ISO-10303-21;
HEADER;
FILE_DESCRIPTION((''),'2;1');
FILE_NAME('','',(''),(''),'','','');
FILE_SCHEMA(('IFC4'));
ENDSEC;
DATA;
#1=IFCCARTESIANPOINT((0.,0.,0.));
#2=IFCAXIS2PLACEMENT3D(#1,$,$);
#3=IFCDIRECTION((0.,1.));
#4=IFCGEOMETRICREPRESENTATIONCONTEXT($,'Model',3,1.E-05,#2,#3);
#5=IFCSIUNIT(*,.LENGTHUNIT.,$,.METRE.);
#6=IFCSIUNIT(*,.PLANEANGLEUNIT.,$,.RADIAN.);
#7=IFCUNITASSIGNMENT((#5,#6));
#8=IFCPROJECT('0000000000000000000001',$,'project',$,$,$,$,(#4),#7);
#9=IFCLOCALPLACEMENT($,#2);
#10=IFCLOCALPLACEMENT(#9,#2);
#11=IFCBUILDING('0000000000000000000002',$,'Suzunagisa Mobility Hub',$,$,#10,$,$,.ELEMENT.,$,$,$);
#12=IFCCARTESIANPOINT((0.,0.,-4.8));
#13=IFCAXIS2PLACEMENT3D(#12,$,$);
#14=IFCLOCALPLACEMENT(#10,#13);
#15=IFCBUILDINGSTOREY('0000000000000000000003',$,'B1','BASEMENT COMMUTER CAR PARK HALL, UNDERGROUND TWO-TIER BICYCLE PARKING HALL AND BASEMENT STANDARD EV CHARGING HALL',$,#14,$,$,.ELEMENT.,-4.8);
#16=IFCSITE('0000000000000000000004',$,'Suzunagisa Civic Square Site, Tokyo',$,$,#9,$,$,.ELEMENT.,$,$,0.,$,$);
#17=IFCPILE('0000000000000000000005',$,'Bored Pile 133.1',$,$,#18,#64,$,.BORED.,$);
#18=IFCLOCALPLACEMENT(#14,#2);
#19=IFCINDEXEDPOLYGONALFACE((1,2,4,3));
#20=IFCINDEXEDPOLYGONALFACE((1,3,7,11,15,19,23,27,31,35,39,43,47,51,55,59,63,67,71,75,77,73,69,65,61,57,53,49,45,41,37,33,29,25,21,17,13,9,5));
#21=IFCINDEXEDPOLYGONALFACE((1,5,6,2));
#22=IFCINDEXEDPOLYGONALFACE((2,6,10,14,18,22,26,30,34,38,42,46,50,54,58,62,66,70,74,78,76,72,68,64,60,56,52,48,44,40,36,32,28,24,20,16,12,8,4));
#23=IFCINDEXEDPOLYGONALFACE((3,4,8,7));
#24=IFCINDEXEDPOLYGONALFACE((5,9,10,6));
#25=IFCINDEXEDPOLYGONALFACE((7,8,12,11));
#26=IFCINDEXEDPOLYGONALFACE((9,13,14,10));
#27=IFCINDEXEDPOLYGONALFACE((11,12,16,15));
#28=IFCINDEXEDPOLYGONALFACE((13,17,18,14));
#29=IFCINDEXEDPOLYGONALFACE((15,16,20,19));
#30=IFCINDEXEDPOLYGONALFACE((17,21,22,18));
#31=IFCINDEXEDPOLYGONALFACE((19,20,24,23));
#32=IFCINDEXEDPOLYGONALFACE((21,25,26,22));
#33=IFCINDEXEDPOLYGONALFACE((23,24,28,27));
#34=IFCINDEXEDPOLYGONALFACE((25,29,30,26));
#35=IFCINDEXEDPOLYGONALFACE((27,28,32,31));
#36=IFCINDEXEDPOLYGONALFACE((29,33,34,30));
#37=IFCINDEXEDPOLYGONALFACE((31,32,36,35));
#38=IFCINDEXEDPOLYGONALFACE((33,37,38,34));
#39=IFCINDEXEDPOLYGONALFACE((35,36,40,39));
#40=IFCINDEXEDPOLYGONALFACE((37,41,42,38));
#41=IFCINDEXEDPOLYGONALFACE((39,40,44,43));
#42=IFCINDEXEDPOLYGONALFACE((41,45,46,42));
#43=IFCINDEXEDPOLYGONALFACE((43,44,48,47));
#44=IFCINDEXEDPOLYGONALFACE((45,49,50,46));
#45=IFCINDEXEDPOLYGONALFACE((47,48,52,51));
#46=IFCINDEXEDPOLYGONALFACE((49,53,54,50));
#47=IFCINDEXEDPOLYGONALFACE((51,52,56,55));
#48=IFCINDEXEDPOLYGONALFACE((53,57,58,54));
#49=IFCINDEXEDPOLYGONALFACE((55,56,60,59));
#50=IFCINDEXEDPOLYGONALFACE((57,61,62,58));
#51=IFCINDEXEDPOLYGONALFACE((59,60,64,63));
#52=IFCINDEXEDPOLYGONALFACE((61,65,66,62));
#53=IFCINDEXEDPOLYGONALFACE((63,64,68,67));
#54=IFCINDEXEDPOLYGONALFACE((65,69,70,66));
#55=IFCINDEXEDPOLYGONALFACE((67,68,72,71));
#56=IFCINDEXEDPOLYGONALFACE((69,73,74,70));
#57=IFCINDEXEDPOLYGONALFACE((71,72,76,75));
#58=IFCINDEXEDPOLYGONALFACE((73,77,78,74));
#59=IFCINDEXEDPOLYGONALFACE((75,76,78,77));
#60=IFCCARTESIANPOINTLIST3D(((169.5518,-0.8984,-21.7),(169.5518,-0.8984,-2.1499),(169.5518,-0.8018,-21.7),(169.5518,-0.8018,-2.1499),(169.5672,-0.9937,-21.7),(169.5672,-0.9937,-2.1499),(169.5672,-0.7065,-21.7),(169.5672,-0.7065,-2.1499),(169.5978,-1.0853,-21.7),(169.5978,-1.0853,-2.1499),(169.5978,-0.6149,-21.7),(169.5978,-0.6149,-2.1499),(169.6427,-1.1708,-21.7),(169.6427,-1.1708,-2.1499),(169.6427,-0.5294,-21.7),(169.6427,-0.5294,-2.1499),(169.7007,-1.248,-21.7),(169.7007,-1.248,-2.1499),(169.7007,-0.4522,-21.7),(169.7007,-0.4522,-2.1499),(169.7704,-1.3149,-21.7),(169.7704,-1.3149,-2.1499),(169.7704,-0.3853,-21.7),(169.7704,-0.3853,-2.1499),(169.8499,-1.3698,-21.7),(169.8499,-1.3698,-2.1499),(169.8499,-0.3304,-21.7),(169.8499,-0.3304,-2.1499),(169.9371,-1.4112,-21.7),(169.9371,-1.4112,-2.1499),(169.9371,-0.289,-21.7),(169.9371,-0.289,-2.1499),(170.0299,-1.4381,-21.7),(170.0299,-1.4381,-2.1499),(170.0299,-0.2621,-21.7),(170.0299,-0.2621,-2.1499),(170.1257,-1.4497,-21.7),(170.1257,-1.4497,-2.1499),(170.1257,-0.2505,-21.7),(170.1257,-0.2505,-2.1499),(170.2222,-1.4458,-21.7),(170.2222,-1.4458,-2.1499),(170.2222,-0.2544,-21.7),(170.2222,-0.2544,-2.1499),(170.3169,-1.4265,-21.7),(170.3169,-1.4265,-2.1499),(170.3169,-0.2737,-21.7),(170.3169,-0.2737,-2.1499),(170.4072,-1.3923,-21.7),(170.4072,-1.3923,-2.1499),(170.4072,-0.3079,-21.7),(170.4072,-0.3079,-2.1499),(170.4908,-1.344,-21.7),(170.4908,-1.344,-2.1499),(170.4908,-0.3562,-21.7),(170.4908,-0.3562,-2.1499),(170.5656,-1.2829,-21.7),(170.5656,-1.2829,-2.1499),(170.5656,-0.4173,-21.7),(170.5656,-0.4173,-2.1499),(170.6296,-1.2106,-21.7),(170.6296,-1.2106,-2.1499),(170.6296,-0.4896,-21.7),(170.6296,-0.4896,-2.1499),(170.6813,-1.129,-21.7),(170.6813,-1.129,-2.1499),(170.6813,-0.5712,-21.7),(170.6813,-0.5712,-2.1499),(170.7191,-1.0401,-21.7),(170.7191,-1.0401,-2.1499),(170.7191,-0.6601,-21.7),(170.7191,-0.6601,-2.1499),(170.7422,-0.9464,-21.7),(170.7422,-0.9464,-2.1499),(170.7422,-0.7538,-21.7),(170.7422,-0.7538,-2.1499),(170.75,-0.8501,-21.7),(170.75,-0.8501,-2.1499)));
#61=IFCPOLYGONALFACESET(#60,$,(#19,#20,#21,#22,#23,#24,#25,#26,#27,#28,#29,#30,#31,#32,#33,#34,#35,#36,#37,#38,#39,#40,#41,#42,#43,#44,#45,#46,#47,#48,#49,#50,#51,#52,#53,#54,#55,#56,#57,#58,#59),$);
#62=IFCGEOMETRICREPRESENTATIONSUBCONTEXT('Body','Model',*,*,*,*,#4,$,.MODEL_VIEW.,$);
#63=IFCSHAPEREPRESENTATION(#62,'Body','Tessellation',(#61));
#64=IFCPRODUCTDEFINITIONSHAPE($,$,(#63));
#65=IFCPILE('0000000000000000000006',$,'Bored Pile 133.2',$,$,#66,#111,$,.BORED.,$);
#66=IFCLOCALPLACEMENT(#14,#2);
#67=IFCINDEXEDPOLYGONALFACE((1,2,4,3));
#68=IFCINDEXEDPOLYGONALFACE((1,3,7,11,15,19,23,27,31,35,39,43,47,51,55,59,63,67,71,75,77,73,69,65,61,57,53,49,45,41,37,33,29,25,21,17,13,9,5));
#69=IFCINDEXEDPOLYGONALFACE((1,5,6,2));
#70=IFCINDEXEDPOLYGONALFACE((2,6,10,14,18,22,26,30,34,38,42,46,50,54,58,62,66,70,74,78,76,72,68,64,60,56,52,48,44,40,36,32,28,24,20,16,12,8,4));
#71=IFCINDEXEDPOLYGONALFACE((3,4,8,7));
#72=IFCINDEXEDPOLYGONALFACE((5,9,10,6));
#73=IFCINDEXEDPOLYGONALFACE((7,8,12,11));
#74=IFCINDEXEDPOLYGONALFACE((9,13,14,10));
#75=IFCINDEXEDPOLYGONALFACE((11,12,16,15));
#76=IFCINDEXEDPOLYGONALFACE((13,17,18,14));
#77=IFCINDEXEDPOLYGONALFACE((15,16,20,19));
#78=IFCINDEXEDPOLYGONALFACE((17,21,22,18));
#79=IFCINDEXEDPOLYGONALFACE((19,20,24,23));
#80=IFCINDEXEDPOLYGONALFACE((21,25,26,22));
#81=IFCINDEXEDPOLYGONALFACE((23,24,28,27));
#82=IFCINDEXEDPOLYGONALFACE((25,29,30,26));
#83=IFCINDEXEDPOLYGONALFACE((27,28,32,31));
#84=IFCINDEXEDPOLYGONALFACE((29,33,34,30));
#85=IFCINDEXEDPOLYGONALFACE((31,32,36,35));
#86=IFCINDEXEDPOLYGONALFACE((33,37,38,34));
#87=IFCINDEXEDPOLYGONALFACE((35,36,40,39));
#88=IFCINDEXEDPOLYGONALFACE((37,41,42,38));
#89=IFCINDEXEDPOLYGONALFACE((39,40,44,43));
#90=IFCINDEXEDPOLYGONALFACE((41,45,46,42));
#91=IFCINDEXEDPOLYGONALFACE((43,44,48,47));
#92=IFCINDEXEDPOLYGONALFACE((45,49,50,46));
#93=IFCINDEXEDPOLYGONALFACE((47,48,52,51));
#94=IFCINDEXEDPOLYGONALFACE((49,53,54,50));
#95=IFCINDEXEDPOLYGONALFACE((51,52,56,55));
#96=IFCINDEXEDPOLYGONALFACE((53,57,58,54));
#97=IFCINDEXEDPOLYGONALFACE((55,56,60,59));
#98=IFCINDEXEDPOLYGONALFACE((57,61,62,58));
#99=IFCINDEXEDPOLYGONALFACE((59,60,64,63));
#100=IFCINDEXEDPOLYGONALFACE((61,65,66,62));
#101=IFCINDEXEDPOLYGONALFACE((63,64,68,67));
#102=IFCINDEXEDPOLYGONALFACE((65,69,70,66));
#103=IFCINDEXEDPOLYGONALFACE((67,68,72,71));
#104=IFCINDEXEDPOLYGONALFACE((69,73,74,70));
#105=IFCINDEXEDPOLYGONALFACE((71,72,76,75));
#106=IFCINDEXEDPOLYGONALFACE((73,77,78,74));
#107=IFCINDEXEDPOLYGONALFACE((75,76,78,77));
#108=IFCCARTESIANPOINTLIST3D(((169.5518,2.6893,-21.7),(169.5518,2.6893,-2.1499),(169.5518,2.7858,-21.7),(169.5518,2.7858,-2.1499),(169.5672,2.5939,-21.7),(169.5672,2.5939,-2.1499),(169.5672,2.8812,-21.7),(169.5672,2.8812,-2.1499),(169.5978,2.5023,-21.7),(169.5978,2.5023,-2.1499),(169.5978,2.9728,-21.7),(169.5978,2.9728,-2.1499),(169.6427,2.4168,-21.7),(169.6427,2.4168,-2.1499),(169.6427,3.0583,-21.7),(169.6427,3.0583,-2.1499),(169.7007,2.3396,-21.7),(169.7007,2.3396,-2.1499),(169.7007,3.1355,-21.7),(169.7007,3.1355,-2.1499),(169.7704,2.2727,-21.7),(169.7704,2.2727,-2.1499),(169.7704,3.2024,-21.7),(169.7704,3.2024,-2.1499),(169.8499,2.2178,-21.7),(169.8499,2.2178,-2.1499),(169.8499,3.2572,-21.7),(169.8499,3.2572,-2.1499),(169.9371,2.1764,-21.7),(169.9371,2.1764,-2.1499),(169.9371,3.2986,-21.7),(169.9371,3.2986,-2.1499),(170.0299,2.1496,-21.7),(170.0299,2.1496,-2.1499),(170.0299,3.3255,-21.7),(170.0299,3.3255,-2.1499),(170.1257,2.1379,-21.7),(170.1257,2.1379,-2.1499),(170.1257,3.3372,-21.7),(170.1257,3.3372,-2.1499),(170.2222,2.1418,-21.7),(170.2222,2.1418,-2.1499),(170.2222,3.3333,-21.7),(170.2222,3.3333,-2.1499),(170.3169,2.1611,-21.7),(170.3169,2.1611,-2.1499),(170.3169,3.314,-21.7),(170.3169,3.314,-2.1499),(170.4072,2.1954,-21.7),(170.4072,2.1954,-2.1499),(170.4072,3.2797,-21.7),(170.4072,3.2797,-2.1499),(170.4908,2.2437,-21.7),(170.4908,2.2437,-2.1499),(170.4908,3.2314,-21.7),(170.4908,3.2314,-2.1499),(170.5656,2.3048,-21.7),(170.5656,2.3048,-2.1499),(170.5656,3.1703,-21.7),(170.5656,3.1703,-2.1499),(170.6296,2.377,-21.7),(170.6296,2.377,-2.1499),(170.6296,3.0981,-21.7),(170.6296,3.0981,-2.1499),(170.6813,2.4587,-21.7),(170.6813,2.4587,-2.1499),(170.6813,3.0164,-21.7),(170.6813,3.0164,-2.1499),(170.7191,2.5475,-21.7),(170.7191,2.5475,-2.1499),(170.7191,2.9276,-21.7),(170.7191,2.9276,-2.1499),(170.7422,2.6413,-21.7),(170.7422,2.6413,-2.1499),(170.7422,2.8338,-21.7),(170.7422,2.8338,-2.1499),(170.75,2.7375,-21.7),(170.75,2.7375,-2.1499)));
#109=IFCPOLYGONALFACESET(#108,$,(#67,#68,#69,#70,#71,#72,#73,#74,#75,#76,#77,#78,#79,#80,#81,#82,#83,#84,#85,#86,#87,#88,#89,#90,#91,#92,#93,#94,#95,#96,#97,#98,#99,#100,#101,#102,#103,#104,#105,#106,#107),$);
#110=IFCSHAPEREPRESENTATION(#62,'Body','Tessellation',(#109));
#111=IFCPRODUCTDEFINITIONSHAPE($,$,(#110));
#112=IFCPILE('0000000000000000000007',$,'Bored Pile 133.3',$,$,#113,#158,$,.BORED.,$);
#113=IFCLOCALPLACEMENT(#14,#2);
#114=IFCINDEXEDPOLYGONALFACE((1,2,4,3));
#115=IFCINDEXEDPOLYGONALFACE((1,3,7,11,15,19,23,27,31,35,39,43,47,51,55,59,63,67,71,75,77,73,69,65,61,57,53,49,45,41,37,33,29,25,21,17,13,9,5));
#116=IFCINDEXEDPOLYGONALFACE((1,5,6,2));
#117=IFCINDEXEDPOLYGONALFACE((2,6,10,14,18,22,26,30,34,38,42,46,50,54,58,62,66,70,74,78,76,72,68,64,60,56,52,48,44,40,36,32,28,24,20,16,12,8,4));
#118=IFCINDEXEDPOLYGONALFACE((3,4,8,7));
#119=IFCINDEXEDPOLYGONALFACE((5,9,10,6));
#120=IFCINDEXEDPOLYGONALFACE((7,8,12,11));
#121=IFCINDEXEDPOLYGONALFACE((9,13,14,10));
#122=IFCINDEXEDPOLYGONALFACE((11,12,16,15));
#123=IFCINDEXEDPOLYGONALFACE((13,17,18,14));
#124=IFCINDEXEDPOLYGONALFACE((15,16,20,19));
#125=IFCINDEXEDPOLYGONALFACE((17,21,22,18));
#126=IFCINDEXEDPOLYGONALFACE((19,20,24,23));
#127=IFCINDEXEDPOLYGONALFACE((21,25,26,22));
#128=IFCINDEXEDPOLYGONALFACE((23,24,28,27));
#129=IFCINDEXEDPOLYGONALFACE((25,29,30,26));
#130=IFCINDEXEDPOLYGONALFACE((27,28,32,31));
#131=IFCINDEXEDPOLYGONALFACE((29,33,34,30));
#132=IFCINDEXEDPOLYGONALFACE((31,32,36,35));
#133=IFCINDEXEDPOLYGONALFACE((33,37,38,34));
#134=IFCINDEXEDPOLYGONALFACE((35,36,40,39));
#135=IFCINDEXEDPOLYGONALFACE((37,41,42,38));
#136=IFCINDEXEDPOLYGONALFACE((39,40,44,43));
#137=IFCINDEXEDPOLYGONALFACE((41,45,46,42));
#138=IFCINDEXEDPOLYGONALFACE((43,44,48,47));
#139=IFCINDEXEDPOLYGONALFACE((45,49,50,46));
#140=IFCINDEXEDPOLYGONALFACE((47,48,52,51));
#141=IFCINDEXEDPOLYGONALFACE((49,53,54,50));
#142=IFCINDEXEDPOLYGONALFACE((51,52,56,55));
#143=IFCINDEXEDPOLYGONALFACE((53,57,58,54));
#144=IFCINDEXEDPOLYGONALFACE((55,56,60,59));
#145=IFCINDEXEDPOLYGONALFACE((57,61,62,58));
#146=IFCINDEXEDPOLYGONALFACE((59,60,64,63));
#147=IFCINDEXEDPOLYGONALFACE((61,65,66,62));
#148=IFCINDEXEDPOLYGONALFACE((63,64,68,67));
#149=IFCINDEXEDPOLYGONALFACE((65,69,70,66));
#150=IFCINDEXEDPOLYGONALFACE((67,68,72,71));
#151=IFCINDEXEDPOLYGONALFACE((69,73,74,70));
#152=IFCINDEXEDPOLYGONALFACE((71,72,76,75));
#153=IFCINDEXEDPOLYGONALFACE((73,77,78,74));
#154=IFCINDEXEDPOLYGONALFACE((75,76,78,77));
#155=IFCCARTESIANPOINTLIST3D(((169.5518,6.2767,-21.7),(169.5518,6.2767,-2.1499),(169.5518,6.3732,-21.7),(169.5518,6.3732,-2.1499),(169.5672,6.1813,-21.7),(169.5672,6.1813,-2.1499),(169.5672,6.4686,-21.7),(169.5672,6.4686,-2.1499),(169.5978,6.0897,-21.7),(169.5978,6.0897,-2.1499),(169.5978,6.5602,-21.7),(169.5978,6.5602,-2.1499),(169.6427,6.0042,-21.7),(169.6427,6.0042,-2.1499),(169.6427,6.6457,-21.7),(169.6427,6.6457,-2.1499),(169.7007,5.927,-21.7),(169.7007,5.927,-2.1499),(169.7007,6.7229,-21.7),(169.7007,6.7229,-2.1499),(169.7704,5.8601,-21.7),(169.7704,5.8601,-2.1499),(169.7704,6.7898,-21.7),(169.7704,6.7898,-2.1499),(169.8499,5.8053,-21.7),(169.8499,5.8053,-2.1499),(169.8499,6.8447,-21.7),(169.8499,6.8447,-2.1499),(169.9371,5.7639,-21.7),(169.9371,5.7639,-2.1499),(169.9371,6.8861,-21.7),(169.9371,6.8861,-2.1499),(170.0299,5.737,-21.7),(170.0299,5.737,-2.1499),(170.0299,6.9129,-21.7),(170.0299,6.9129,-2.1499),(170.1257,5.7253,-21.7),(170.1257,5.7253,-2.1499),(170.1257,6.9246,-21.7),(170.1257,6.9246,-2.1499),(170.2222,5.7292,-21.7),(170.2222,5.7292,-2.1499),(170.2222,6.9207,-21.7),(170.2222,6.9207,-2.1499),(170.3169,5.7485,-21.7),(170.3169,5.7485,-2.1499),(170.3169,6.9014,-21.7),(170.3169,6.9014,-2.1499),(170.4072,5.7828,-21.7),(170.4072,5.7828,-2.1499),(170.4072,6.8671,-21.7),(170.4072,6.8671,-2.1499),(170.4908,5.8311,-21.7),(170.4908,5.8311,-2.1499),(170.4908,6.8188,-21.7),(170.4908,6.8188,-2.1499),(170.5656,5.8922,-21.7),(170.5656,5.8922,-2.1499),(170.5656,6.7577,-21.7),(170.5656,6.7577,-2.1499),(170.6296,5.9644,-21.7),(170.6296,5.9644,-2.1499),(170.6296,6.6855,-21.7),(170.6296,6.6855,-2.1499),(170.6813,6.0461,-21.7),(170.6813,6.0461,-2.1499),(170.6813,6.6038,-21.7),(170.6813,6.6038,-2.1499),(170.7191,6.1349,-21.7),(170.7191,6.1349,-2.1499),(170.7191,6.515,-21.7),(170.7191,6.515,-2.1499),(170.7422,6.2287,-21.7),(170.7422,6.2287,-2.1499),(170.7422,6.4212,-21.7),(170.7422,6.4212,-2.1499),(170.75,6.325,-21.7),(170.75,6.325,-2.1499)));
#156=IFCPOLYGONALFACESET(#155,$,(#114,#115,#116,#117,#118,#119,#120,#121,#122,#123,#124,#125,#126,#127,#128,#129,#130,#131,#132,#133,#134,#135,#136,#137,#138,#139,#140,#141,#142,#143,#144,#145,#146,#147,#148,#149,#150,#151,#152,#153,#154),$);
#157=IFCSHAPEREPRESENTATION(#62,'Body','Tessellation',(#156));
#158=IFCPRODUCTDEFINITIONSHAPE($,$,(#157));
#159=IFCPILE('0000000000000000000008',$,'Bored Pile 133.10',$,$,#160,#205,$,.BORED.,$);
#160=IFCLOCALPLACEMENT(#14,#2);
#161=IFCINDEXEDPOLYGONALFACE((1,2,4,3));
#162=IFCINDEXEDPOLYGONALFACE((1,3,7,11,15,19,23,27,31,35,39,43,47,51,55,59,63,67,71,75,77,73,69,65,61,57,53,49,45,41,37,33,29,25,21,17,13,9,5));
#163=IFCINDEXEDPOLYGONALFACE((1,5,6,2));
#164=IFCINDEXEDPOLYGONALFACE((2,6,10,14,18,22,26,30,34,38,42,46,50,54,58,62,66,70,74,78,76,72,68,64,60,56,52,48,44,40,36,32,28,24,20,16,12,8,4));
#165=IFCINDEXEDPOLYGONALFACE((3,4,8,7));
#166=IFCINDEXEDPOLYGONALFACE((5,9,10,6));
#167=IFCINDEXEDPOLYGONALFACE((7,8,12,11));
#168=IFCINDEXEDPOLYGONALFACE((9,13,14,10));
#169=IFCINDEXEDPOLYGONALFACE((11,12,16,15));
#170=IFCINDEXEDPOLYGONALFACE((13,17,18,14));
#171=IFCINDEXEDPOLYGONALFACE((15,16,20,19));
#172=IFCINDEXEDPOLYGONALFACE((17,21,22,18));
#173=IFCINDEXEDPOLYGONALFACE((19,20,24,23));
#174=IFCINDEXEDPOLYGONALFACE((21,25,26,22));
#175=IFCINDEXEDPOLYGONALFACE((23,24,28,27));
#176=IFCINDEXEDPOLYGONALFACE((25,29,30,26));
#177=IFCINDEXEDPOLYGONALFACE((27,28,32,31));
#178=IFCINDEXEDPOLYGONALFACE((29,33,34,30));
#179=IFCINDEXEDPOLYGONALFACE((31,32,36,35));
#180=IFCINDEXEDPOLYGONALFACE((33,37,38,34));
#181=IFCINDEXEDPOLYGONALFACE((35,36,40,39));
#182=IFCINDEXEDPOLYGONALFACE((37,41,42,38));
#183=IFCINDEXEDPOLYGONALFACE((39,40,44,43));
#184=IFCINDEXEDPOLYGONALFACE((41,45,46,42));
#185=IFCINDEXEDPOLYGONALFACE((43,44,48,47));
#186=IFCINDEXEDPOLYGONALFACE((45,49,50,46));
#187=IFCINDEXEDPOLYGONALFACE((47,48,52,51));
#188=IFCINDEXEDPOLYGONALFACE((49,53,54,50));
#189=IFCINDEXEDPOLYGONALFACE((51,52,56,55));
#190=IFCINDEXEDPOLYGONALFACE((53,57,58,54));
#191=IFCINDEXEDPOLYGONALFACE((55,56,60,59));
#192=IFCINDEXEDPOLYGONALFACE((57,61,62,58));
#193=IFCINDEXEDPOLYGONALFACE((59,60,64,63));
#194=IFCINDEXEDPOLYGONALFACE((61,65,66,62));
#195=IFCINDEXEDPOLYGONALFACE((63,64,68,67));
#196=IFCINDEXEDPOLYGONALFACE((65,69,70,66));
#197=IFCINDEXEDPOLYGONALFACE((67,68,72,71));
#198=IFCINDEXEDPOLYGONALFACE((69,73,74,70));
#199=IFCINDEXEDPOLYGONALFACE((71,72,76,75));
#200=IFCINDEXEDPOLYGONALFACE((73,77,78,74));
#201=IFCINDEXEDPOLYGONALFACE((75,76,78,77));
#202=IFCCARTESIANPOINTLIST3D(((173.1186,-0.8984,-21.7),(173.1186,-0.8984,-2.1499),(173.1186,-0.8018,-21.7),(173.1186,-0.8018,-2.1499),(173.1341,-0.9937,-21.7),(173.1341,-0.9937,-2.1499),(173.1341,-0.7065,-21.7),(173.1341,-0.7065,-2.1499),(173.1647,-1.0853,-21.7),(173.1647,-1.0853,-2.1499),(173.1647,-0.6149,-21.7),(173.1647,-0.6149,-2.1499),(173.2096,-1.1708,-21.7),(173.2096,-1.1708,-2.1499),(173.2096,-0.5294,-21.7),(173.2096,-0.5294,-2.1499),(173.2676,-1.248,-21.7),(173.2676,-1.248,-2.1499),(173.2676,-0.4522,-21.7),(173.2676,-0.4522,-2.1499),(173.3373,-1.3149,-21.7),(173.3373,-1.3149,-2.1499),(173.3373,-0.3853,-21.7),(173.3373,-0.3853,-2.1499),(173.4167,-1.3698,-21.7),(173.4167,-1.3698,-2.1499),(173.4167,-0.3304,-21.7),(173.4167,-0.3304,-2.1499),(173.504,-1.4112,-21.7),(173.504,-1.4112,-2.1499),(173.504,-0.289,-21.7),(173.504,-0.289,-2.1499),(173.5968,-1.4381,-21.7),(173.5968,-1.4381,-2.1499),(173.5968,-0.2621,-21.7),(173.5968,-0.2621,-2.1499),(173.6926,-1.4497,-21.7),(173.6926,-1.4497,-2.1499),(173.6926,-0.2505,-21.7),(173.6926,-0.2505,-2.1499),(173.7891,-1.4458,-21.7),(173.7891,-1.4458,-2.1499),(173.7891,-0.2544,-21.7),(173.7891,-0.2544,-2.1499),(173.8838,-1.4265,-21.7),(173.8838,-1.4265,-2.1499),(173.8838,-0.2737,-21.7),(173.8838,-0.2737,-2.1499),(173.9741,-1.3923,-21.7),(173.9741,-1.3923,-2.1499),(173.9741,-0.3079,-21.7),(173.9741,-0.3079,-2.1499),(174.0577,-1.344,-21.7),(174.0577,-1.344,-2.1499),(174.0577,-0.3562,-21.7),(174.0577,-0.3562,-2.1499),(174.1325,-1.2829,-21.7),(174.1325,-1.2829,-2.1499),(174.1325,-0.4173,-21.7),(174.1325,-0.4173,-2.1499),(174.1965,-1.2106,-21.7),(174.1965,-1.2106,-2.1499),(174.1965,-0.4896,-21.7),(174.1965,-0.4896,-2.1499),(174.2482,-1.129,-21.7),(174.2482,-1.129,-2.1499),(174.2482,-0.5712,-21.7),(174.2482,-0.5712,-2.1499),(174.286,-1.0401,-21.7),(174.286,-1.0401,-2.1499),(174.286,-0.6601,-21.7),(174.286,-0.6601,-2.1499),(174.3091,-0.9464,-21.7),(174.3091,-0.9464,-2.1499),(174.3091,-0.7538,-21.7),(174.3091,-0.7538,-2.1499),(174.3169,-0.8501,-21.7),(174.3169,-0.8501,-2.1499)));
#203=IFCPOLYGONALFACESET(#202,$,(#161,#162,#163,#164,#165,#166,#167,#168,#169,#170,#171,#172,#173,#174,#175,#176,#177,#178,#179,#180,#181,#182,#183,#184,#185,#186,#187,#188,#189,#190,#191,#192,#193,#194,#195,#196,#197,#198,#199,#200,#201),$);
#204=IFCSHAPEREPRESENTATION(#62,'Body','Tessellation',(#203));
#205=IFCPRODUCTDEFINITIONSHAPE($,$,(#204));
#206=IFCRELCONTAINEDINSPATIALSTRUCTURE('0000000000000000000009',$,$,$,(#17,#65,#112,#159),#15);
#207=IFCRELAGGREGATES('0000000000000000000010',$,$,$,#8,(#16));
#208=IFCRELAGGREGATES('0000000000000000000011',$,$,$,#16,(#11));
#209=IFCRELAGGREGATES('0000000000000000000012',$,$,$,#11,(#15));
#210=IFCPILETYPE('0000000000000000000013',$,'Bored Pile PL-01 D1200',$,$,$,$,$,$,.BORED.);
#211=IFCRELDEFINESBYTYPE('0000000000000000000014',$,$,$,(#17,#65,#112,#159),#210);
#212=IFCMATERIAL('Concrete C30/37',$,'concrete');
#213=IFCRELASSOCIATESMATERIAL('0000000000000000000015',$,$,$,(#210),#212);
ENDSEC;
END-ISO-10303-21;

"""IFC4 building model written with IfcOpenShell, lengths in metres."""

from ifc_helpers import new_model, si_unit, direction, frame, origin, origin_2d, place, context, subcontext, project, spatial, circle, extrude, material, material_profile, profile_set, type_object, element, save


model = new_model("IFC4")

# Units and contexts
model_context = context("Model", 3, precision=1e-05, world=origin(), true_north=direction((0.0, 1.0)))
body_context = subcontext(model_context, "Body", "Model", "MODEL_VIEW")
ifc_project = project(units=[si_unit("LENGTHUNIT", "METRE"), si_unit("PLANEANGLEUNIT", "RADIAN")], contexts=[model_context])

# Site, building, storey
site_placement = place(None, origin())
site = spatial("IfcSite", under=ifc_project, at=site_placement, Name="Suzunagisa Civic Square Site, Tokyo", CompositionType="ELEMENT", RefElevation=0.0)
building_placement = place(site_placement, origin())
building = spatial("IfcBuilding", under=site, at=building_placement, Name="Suzunagisa Mobility Hub", CompositionType="ELEMENT")
storey_placement = place(building_placement, frame((0.0, 0.0, -4.8)))
storey = spatial("IfcBuildingStorey", under=building, at=storey_placement, Name="B1", Description="BASEMENT COMMUTER CAR PARK HALL, UNDERGROUND TWO-TIER BICYCLE PARKING HALL AND BASEMENT STANDARD EV CHARGING HALL", CompositionType="ELEMENT", Elevation=-4.8)

# Piles
ifc_material_1 = material(Name="Concrete C30/37", Category="concrete")
ifc_material_profile_1 = material_profile(ifc_material_1, circle(Radius=0.6001, at=origin_2d()), Name="BORED PILE D1200")
ifc_profile_set_1 = profile_set([ifc_material_profile_1], Name="Concrete C30/37")
pile_type = type_object("IfcPileType", Name="Bored Pile PL-01 D1200", PredefinedType="BORED", material=ifc_profile_set_1)
for number, where, z_axis, x_axis, name in (
    (1, (170.1499, -0.8501, -2.1499), (0.0, 0.0, -1.0), (1.0, 0.0, 0.0), "Bored Pile 133.1"),
    (2, (170.1499, 2.7375, -2.1499), (0.0, 0.0, -1.0), (1.0, 0.0, 0.0), "Bored Pile 133.2"),
    (3, (170.1499, 6.325, -2.1499), (0.0, 0.0, -1.0), (1.0, 0.0, 0.0), "Bored Pile 133.3"),
    (4, (173.7168, -0.8501, -2.1499), (0.0, 0.0, -1.0), (1.0, 0.0, 0.0), "Bored Pile 133.10"),
):
    element("IfcPile", number, at=place(storey_placement, frame(where, z_axis=z_axis, x_axis=x_axis)), inside=storey, type_object=pile_type, Name=name, PredefinedType="BORED", context=body_context, shape_type="SweptSolid", body=[
        extrude(circle(Radius=0.6001, at=origin_2d()), origin(), (0.0, 0.0, 1.0), 19.55),
    ])

save(model, "model.ifc")
